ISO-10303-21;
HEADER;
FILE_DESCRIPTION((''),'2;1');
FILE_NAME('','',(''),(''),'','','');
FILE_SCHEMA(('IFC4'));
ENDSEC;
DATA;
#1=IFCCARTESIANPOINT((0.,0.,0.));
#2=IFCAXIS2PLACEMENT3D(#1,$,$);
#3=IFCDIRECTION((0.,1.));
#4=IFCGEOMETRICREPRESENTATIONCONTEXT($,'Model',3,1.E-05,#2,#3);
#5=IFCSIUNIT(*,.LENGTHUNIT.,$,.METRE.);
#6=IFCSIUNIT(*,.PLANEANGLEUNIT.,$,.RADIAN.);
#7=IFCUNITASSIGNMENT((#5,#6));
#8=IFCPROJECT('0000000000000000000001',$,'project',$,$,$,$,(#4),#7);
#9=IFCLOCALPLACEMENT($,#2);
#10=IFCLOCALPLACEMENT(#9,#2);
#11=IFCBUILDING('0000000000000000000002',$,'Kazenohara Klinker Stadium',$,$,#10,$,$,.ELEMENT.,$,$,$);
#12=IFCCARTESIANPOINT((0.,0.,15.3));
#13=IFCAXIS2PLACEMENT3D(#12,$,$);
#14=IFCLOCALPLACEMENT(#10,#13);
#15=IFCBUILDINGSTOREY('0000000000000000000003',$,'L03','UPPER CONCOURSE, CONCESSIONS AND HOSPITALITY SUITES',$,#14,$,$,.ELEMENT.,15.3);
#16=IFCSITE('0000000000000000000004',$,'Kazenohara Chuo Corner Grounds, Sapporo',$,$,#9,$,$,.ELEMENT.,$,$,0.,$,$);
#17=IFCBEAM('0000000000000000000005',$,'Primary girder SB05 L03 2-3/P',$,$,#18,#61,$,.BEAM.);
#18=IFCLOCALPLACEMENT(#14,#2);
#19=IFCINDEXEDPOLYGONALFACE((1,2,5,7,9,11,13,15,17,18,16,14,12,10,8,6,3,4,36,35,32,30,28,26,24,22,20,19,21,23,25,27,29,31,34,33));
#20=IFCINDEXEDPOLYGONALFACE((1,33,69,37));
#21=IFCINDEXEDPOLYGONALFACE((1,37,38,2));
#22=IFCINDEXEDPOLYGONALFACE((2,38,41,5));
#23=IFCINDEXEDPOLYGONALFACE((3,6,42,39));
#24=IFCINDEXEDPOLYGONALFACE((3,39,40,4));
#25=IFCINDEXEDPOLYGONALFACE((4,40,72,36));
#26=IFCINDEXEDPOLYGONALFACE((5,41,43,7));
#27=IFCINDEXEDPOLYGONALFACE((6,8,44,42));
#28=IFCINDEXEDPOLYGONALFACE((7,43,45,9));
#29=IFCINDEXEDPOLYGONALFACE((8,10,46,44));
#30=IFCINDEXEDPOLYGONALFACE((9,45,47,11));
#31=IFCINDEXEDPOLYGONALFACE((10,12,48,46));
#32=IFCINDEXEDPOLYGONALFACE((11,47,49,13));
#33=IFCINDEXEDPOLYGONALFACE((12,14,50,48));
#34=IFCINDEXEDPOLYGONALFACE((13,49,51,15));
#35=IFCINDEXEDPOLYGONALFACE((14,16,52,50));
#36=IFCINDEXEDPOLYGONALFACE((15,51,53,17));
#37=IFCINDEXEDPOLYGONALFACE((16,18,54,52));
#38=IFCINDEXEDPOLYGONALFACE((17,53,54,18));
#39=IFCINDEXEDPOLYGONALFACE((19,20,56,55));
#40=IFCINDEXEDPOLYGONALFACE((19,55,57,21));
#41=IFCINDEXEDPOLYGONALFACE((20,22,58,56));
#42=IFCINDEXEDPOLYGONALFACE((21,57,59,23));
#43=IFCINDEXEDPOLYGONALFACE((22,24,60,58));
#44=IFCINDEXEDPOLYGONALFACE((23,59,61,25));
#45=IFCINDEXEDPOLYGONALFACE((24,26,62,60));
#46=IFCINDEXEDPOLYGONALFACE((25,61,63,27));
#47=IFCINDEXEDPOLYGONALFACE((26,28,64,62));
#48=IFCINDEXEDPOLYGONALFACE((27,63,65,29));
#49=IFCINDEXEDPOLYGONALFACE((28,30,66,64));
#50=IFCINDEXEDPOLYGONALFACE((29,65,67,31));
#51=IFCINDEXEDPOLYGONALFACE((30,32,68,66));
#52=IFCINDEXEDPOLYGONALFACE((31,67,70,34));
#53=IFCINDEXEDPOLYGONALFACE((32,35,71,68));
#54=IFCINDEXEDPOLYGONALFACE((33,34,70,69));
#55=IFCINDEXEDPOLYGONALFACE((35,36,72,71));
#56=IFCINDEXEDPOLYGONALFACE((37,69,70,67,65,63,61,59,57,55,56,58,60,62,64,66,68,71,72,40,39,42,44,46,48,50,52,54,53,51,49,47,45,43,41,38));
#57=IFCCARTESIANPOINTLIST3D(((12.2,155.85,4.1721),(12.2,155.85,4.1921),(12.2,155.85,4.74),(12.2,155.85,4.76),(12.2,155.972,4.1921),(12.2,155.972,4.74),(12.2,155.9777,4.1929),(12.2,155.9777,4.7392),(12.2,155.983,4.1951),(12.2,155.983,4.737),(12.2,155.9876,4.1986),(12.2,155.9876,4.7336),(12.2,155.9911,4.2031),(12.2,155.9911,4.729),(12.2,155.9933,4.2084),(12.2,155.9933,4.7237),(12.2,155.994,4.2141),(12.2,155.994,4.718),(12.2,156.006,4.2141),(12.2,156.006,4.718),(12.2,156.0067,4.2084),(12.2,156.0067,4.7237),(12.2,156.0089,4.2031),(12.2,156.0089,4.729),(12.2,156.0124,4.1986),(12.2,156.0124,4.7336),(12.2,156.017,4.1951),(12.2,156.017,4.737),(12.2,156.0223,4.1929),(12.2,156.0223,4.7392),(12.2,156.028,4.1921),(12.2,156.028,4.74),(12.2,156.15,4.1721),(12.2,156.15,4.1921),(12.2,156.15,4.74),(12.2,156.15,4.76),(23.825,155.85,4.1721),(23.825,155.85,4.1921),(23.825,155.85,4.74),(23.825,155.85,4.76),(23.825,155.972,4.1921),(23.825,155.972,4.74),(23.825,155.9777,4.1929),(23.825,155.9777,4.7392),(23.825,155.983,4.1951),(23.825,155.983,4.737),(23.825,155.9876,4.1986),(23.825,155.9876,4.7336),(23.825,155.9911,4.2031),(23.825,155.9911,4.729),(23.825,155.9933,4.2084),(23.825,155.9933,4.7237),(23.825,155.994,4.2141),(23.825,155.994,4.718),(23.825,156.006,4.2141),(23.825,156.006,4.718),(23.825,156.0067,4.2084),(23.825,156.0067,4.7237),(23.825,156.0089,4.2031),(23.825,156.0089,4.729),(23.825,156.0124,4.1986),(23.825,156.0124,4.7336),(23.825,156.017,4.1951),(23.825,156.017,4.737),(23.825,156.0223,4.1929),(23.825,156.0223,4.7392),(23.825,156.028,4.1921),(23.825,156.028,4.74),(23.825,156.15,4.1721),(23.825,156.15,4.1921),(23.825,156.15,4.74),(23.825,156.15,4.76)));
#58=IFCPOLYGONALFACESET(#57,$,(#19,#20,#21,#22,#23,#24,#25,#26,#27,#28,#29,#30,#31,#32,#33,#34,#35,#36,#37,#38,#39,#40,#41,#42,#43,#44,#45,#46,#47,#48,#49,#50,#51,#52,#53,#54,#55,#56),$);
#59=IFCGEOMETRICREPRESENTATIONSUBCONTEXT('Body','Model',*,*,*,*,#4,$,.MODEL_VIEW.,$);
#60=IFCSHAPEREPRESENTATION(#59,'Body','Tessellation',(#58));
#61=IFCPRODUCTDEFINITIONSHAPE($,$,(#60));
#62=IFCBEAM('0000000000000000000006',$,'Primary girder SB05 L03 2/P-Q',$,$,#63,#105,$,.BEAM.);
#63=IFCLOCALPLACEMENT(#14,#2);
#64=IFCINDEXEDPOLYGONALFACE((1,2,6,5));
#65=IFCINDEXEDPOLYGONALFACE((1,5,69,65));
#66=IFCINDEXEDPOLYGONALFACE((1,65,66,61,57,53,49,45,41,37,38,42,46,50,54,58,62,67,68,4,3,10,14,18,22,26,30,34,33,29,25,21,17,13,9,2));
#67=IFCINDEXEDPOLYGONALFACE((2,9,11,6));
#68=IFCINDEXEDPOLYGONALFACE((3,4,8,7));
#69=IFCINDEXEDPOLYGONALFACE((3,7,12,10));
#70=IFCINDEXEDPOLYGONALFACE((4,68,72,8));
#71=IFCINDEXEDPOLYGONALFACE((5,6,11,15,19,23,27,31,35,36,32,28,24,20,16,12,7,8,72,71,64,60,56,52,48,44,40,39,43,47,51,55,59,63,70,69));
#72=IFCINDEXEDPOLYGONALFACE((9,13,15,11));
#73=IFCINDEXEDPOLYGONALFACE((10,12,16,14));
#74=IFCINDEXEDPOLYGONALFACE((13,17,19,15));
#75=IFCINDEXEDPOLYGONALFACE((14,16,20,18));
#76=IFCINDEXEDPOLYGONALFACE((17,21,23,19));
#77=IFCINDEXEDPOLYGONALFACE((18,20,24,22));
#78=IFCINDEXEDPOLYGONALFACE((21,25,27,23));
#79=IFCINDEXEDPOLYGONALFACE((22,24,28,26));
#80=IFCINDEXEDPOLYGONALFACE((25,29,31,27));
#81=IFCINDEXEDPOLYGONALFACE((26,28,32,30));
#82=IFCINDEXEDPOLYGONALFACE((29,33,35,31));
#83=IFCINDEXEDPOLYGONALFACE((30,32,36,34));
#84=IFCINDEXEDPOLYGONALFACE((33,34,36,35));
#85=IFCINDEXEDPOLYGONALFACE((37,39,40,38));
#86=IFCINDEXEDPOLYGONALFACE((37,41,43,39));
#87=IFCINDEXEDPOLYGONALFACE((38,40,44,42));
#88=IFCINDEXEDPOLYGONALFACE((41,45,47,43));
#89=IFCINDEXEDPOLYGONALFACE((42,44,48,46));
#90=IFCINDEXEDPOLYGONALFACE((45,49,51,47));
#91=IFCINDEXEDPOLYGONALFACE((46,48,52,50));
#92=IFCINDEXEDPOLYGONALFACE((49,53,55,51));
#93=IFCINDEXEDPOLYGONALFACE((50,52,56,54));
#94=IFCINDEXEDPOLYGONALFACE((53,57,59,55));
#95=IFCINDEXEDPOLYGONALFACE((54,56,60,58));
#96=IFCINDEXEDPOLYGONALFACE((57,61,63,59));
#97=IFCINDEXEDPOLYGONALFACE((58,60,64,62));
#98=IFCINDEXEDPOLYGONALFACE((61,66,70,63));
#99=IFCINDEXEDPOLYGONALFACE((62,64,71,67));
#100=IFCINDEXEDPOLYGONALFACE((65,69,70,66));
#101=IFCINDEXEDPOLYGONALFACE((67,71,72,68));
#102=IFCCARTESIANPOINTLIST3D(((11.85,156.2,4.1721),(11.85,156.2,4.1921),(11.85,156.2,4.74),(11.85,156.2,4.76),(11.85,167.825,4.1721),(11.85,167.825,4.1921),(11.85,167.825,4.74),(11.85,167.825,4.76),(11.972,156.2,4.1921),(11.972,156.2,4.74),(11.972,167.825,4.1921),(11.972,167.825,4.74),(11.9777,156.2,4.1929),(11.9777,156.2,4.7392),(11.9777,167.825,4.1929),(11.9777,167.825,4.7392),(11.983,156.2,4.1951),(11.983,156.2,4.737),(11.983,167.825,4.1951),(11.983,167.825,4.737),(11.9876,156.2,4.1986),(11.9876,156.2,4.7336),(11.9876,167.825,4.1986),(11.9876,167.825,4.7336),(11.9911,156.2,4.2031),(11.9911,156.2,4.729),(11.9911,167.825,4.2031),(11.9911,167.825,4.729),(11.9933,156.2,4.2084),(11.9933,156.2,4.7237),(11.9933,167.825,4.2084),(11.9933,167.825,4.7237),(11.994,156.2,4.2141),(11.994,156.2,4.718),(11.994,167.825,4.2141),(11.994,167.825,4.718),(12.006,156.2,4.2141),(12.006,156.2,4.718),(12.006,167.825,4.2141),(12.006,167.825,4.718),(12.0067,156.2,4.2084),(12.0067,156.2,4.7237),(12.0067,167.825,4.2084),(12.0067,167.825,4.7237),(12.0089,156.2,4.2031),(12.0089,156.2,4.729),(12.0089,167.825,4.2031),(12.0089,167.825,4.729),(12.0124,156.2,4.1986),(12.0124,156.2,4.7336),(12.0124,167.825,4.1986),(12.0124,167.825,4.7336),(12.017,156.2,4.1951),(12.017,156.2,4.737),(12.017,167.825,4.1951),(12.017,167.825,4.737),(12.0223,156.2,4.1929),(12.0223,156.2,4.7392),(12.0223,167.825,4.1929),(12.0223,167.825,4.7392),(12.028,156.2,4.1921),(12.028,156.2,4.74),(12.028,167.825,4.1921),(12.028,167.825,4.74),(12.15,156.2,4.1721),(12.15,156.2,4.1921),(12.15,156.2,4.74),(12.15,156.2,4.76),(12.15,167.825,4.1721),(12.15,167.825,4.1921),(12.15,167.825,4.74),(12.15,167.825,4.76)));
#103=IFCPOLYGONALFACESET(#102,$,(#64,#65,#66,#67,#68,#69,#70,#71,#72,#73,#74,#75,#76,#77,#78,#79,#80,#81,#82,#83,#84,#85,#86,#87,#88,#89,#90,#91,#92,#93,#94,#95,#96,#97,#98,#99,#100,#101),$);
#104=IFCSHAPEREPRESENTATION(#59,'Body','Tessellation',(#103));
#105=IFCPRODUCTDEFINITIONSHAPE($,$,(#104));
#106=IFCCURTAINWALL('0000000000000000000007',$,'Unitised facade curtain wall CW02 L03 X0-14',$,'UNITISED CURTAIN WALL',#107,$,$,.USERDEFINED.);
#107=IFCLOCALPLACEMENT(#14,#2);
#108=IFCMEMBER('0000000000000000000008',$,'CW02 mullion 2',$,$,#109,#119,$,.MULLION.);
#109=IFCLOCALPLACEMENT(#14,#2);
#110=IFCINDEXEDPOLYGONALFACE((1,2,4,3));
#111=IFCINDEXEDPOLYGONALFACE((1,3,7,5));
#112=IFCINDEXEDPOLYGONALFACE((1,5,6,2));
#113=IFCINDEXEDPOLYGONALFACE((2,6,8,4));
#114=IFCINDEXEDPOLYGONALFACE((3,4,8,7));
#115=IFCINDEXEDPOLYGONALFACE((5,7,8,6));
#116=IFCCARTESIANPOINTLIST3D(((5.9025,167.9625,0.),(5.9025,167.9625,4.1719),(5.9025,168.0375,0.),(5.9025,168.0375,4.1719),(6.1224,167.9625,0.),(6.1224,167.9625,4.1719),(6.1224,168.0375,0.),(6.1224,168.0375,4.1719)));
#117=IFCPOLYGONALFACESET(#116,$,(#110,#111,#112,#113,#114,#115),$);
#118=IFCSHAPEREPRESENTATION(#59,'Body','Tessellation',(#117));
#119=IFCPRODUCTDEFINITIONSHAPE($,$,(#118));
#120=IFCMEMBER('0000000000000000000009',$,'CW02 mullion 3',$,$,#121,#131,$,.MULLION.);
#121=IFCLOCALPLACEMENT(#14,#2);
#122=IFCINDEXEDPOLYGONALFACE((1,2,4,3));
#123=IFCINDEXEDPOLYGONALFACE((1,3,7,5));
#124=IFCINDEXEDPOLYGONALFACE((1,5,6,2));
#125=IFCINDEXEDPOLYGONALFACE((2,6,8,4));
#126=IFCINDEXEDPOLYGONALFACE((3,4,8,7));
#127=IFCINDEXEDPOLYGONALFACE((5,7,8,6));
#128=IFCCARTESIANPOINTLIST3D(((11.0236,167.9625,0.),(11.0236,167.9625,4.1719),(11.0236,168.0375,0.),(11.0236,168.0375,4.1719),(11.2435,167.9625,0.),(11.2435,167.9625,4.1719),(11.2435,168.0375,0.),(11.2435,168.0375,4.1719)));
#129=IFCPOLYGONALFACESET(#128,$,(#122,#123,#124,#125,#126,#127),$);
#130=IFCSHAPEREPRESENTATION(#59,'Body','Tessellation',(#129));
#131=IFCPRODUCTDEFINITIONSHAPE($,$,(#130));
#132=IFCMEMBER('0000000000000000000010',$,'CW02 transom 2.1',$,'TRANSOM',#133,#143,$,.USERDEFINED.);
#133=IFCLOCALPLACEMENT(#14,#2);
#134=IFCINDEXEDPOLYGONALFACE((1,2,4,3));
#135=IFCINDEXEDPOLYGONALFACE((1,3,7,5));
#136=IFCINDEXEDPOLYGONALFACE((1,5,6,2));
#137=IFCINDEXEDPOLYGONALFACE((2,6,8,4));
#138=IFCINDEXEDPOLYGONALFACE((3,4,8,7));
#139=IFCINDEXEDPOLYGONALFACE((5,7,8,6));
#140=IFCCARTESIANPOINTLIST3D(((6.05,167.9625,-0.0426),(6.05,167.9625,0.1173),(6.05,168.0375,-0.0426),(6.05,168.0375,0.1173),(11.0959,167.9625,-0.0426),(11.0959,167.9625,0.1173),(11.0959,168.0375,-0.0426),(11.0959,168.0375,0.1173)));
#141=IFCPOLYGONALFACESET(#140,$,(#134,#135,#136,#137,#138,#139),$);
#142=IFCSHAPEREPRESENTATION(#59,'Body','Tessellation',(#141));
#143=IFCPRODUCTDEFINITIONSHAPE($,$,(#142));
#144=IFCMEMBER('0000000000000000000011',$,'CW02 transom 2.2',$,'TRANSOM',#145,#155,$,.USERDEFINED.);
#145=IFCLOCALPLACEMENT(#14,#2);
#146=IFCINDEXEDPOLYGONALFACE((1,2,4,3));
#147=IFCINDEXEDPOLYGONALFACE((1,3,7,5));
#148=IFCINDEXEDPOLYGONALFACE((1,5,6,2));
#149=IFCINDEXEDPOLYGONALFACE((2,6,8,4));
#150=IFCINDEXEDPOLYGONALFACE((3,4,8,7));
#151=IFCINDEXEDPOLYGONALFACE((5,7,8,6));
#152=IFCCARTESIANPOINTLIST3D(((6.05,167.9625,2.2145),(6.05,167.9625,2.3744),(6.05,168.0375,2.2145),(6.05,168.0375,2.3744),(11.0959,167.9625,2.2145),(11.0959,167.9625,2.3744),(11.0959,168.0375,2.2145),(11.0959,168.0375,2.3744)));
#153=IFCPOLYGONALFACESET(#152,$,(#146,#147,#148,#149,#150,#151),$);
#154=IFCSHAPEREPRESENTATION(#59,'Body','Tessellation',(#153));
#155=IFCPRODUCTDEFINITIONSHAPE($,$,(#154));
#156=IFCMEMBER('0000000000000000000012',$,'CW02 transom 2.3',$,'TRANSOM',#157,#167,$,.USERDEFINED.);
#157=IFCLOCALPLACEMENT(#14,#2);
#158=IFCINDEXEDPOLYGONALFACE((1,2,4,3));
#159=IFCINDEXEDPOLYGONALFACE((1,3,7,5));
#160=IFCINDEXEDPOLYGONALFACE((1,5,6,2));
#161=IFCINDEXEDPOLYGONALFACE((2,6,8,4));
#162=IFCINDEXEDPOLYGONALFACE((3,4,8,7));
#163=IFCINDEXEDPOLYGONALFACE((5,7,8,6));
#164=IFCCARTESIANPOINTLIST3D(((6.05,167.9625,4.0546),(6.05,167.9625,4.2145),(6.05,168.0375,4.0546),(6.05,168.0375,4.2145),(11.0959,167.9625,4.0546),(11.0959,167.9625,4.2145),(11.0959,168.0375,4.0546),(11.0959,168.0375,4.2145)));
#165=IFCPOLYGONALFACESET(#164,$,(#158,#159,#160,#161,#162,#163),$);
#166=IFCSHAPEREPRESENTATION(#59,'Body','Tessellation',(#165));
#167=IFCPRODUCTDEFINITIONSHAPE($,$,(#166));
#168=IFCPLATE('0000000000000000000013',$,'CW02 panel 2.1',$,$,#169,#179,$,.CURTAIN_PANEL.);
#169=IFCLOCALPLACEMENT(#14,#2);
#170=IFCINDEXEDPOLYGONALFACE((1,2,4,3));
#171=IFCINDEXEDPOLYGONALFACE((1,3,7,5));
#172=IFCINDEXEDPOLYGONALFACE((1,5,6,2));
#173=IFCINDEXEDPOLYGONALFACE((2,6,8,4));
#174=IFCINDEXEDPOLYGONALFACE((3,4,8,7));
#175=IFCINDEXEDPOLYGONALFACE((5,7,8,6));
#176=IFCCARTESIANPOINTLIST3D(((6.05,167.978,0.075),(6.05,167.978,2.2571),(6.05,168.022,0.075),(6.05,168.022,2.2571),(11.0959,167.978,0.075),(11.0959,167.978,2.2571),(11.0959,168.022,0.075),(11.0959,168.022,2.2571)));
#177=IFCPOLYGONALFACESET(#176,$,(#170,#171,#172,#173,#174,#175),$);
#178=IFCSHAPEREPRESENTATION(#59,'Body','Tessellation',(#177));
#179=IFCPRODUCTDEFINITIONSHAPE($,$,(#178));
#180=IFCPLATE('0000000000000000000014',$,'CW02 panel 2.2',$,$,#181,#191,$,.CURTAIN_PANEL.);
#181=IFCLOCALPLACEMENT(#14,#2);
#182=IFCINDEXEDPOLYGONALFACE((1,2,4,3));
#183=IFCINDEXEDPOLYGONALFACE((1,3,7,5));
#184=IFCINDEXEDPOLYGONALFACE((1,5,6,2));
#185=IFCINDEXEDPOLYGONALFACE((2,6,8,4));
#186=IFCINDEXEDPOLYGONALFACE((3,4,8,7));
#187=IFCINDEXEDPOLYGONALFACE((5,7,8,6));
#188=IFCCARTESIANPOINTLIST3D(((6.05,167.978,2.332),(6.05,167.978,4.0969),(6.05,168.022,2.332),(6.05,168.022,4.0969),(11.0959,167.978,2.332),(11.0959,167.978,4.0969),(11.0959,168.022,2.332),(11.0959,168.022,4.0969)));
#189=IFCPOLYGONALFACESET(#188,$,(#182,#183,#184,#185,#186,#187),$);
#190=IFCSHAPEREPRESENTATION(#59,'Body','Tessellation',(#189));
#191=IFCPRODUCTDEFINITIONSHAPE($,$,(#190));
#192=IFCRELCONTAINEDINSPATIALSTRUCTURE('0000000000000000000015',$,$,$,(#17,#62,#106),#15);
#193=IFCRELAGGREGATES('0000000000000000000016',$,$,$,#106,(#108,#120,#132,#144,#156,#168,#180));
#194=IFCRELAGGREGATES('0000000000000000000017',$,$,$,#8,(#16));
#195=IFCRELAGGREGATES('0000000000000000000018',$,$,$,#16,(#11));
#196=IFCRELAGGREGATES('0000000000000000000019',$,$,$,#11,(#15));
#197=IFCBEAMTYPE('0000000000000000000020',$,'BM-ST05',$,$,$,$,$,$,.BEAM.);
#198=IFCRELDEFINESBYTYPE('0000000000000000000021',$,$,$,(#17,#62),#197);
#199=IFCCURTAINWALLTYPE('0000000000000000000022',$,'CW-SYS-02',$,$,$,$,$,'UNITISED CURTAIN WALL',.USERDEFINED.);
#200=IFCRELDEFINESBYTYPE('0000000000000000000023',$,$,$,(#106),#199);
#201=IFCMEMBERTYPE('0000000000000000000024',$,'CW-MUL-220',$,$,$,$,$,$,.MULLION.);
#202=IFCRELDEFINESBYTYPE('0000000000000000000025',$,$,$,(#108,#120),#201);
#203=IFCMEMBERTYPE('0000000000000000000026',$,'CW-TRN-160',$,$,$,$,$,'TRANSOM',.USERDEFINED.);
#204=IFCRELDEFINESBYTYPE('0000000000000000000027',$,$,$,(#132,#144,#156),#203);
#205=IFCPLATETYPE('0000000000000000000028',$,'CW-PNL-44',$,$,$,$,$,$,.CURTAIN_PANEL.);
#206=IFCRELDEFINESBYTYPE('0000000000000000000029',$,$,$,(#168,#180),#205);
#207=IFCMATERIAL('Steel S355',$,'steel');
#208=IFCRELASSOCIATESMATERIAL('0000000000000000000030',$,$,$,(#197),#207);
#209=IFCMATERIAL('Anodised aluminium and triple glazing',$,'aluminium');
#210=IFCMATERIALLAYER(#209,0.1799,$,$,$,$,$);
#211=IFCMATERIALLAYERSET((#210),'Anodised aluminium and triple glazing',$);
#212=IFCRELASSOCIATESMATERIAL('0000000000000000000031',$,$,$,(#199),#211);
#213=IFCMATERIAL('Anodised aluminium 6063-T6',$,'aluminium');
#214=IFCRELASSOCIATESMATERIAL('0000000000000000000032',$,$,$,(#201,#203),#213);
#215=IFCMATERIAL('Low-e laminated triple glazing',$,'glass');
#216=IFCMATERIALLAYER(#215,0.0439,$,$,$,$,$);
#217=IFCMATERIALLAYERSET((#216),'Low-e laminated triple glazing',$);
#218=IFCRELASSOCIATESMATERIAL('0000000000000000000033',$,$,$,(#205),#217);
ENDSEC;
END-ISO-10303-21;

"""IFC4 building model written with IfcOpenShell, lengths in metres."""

from ifc_helpers import new_model, si_unit, direction, frame, origin, origin_2d, place, context, subcontext, project, spatial, rectangle, i_section, extrude, material, layer, layer_set, material_profile, profile_set, type_object, element, aggregate, save


model = new_model("IFC4")

# Units and contexts
model_context = context("Model", 3, precision=1e-05, world=origin(), true_north=direction((0.0, 1.0)))
body_context = subcontext(model_context, "Body", "Model", "MODEL_VIEW")
ifc_project = project(units=[si_unit("LENGTHUNIT", "METRE"), si_unit("PLANEANGLEUNIT", "RADIAN")], contexts=[model_context])

# Site, building, storey
site_placement = place(None, origin())
site = spatial("IfcSite", under=ifc_project, at=site_placement, Name="Kazenohara Chuo Corner Grounds, Sapporo", CompositionType="ELEMENT", RefElevation=0.0)
building_placement = place(site_placement, origin())
building = spatial("IfcBuilding", under=site, at=building_placement, Name="Kazenohara Klinker Stadium", CompositionType="ELEMENT")
storey_placement = place(building_placement, frame((0.0, 0.0, 15.3)))
storey = spatial("IfcBuildingStorey", under=building, at=storey_placement, Name="L03", Description="UPPER CONCOURSE, CONCESSIONS AND HOSPITALITY SUITES", CompositionType="ELEMENT", Elevation=15.3)

# Shared definitions
ifc_material_1 = material(Name="Steel S355", Category="steel")

# Beams
ifc_material_profile_1 = material_profile(ifc_material_1, i_section(OverallWidth=0.3, OverallDepth=0.5879, WebThickness=0.012, FlangeThickness=0.02, FilletRadius=0.022, at=origin_2d()), Name="H-588x300x12x20")
ifc_profile_set_1 = profile_set([ifc_material_profile_1], Name="Steel S355")
beam_type_1 = type_object("IfcBeamType", Name="BM-ST05", PredefinedType="BEAM", material=ifc_profile_set_1)
for number, where, z_axis, x_axis, name in (
    (1, (12.2, 156.0, 4.4661), (1.0, 0.0, 0.0), (0.0, 1.0, 0.0), "Primary girder SB05 L03 2-3/P"),
    (2, (12.0, 156.2, 4.4661), (0.0, 1.0, 0.0), (-1.0, 0.0, 0.0), "Primary girder SB05 L03 2/P-Q"),
):
    element("IfcBeam", number, at=place(storey_placement, frame(where, z_axis=z_axis, x_axis=x_axis)), inside=storey, type_object=beam_type_1, Name=name, PredefinedType="BEAM", context=body_context, shape_type="SweptSolid", body=[
        extrude(i_section(OverallWidth=0.3, OverallDepth=0.5879, WebThickness=0.012, FlangeThickness=0.02, FilletRadius=0.022, at=origin_2d()), origin(), (0.0, 0.0, 1.0), 11.625),
    ])

# Curtain wall, members, plates
ifc_material_2 = material(Name="Anodised aluminium and triple glazing", Category="aluminium")
ifc_layer_1 = layer(ifc_material_2, 0.1799)
ifc_layer_set_1 = layer_set([ifc_layer_1], Name="Anodised aluminium and triple glazing")
curtain_wall_type = type_object("IfcCurtainWallType", Name="CW-SYS-02", ElementType="UNITISED CURTAIN WALL", PredefinedType="USERDEFINED", material=ifc_layer_set_1)
curtain_wall_placement = place(storey_placement, origin())
curtain_wall = element("IfcCurtainWall", 3, at=curtain_wall_placement, inside=storey, type_object=curtain_wall_type, Name="Unitised facade curtain wall CW02 L03 X0-14", ObjectType="UNITISED CURTAIN WALL", PredefinedType="USERDEFINED")
ifc_material_3 = material(Name="Anodised aluminium 6063-T6", Category="aluminium")
ifc_material_profile_2 = material_profile(ifc_material_3, rectangle(XDim=0.075, YDim=0.22, at=origin_2d()), Name="ALU-MUL-75x220")
ifc_profile_set_2 = profile_set([ifc_material_profile_2], Name="Anodised aluminium 6063-T6")
member_type_1 = type_object("IfcMemberType", Name="CW-MUL-220", PredefinedType="MULLION", material=ifc_profile_set_2)
member_1_placement = place(storey_placement, frame((6.0125, 168.0, 0.0), z_axis=(0.0, 0.0, 1.0), x_axis=(0.0, 1.0, 0.0)))
member_1 = element("IfcMember", 4, at=member_1_placement, type_object=member_type_1, Name="CW02 mullion 2", PredefinedType="MULLION", context=body_context, shape_type="SweptSolid", body=[
    extrude(rectangle(XDim=0.075, YDim=0.22, at=origin_2d()), origin(), (0.0, 0.0, 1.0), 4.1719),
])
member_2_placement = place(storey_placement, frame((11.1335, 168.0, 0.0), z_axis=(0.0, 0.0, 1.0), x_axis=(0.0, 1.0, 0.0)))
member_2 = element("IfcMember", 5, at=member_2_placement, type_object=member_type_1, Name="CW02 mullion 3", PredefinedType="MULLION", context=body_context, shape_type="SweptSolid", body=[
    extrude(rectangle(XDim=0.075, YDim=0.22, at=origin_2d()), origin(), (0.0, 0.0, 1.0), 4.1719),
])
ifc_material_profile_3 = material_profile(ifc_material_3, rectangle(XDim=0.075, YDim=0.1599, at=origin_2d()), Name="ALU-TRN-75x160")
ifc_profile_set_3 = profile_set([ifc_material_profile_3], Name="Anodised aluminium 6063-T6")
member_type_2 = type_object("IfcMemberType", Name="CW-TRN-160", ElementType="TRANSOM", PredefinedType="USERDEFINED", material=ifc_profile_set_3)
member_3_placement = place(storey_placement, frame((6.05, 168.0, 0.0374), z_axis=(1.0, 0.0, 0.0), x_axis=(0.0, 1.0, 0.0)))
member_3 = element("IfcMember", 6, at=member_3_placement, type_object=member_type_2, Name="CW02 transom 2.1", ObjectType="TRANSOM", PredefinedType="USERDEFINED", context=body_context, shape_type="SweptSolid", body=[
    extrude(rectangle(XDim=0.075, YDim=0.1599, at=origin_2d()), origin(), (0.0, 0.0, 1.0), 5.0459),
])
member_4_placement = place(storey_placement, frame((6.05, 168.0, 2.2944), z_axis=(1.0, 0.0, 0.0), x_axis=(0.0, 1.0, 0.0)))
member_4 = element("IfcMember", 7, at=member_4_placement, type_object=member_type_2, Name="CW02 transom 2.2", ObjectType="TRANSOM", PredefinedType="USERDEFINED", context=body_context, shape_type="SweptSolid", body=[
    extrude(rectangle(XDim=0.075, YDim=0.1599, at=origin_2d()), origin(), (0.0, 0.0, 1.0), 5.0459),
])
member_5_placement = place(storey_placement, frame((6.05, 168.0, 4.1345), z_axis=(1.0, 0.0, 0.0), x_axis=(0.0, 1.0, 0.0)))
member_5 = element("IfcMember", 8, at=member_5_placement, type_object=member_type_2, Name="CW02 transom 2.3", ObjectType="TRANSOM", PredefinedType="USERDEFINED", context=body_context, shape_type="SweptSolid", body=[
    extrude(rectangle(XDim=0.075, YDim=0.1599, at=origin_2d()), origin(), (0.0, 0.0, 1.0), 5.0459),
])
ifc_material_4 = material(Name="Low-e laminated triple glazing", Category="glass")
ifc_layer_2 = layer(ifc_material_4, 0.0439)
ifc_layer_set_2 = layer_set([ifc_layer_2], Name="Low-e laminated triple glazing")
plate_type_1 = type_object("IfcPlateType", Name="CW-PNL-44", PredefinedType="CURTAIN_PANEL", material=ifc_layer_set_2)
plate_1_placement = place(storey_placement, frame((8.573, 168.0, 0.075), z_axis=(0.0, 0.0, 1.0), x_axis=(1.0, 0.0, 0.0)))
plate_1 = element("IfcPlate", 9, at=plate_1_placement, type_object=plate_type_1, Name="CW02 panel 2.1", PredefinedType="CURTAIN_PANEL", context=body_context, shape_type="SweptSolid", body=[
    extrude(rectangle(XDim=5.0459, YDim=0.0439, at=origin_2d()), origin(), (0.0, 0.0, 1.0), 2.1821),
])
plate_2_placement = place(storey_placement, frame((8.573, 168.0, 2.332), z_axis=(0.0, 0.0, 1.0), x_axis=(1.0, 0.0, 0.0)))
plate_2 = element("IfcPlate", 10, at=plate_2_placement, type_object=plate_type_1, Name="CW02 panel 2.2", PredefinedType="CURTAIN_PANEL", context=body_context, shape_type="SweptSolid", body=[
    extrude(rectangle(XDim=5.0459, YDim=0.0439, at=origin_2d()), origin(), (0.0, 0.0, 1.0), 1.7649),
])
aggregate(curtain_wall, [member_1, member_2, member_3, member_4, member_5, plate_1, plate_2])

save(model, "model.ifc")
